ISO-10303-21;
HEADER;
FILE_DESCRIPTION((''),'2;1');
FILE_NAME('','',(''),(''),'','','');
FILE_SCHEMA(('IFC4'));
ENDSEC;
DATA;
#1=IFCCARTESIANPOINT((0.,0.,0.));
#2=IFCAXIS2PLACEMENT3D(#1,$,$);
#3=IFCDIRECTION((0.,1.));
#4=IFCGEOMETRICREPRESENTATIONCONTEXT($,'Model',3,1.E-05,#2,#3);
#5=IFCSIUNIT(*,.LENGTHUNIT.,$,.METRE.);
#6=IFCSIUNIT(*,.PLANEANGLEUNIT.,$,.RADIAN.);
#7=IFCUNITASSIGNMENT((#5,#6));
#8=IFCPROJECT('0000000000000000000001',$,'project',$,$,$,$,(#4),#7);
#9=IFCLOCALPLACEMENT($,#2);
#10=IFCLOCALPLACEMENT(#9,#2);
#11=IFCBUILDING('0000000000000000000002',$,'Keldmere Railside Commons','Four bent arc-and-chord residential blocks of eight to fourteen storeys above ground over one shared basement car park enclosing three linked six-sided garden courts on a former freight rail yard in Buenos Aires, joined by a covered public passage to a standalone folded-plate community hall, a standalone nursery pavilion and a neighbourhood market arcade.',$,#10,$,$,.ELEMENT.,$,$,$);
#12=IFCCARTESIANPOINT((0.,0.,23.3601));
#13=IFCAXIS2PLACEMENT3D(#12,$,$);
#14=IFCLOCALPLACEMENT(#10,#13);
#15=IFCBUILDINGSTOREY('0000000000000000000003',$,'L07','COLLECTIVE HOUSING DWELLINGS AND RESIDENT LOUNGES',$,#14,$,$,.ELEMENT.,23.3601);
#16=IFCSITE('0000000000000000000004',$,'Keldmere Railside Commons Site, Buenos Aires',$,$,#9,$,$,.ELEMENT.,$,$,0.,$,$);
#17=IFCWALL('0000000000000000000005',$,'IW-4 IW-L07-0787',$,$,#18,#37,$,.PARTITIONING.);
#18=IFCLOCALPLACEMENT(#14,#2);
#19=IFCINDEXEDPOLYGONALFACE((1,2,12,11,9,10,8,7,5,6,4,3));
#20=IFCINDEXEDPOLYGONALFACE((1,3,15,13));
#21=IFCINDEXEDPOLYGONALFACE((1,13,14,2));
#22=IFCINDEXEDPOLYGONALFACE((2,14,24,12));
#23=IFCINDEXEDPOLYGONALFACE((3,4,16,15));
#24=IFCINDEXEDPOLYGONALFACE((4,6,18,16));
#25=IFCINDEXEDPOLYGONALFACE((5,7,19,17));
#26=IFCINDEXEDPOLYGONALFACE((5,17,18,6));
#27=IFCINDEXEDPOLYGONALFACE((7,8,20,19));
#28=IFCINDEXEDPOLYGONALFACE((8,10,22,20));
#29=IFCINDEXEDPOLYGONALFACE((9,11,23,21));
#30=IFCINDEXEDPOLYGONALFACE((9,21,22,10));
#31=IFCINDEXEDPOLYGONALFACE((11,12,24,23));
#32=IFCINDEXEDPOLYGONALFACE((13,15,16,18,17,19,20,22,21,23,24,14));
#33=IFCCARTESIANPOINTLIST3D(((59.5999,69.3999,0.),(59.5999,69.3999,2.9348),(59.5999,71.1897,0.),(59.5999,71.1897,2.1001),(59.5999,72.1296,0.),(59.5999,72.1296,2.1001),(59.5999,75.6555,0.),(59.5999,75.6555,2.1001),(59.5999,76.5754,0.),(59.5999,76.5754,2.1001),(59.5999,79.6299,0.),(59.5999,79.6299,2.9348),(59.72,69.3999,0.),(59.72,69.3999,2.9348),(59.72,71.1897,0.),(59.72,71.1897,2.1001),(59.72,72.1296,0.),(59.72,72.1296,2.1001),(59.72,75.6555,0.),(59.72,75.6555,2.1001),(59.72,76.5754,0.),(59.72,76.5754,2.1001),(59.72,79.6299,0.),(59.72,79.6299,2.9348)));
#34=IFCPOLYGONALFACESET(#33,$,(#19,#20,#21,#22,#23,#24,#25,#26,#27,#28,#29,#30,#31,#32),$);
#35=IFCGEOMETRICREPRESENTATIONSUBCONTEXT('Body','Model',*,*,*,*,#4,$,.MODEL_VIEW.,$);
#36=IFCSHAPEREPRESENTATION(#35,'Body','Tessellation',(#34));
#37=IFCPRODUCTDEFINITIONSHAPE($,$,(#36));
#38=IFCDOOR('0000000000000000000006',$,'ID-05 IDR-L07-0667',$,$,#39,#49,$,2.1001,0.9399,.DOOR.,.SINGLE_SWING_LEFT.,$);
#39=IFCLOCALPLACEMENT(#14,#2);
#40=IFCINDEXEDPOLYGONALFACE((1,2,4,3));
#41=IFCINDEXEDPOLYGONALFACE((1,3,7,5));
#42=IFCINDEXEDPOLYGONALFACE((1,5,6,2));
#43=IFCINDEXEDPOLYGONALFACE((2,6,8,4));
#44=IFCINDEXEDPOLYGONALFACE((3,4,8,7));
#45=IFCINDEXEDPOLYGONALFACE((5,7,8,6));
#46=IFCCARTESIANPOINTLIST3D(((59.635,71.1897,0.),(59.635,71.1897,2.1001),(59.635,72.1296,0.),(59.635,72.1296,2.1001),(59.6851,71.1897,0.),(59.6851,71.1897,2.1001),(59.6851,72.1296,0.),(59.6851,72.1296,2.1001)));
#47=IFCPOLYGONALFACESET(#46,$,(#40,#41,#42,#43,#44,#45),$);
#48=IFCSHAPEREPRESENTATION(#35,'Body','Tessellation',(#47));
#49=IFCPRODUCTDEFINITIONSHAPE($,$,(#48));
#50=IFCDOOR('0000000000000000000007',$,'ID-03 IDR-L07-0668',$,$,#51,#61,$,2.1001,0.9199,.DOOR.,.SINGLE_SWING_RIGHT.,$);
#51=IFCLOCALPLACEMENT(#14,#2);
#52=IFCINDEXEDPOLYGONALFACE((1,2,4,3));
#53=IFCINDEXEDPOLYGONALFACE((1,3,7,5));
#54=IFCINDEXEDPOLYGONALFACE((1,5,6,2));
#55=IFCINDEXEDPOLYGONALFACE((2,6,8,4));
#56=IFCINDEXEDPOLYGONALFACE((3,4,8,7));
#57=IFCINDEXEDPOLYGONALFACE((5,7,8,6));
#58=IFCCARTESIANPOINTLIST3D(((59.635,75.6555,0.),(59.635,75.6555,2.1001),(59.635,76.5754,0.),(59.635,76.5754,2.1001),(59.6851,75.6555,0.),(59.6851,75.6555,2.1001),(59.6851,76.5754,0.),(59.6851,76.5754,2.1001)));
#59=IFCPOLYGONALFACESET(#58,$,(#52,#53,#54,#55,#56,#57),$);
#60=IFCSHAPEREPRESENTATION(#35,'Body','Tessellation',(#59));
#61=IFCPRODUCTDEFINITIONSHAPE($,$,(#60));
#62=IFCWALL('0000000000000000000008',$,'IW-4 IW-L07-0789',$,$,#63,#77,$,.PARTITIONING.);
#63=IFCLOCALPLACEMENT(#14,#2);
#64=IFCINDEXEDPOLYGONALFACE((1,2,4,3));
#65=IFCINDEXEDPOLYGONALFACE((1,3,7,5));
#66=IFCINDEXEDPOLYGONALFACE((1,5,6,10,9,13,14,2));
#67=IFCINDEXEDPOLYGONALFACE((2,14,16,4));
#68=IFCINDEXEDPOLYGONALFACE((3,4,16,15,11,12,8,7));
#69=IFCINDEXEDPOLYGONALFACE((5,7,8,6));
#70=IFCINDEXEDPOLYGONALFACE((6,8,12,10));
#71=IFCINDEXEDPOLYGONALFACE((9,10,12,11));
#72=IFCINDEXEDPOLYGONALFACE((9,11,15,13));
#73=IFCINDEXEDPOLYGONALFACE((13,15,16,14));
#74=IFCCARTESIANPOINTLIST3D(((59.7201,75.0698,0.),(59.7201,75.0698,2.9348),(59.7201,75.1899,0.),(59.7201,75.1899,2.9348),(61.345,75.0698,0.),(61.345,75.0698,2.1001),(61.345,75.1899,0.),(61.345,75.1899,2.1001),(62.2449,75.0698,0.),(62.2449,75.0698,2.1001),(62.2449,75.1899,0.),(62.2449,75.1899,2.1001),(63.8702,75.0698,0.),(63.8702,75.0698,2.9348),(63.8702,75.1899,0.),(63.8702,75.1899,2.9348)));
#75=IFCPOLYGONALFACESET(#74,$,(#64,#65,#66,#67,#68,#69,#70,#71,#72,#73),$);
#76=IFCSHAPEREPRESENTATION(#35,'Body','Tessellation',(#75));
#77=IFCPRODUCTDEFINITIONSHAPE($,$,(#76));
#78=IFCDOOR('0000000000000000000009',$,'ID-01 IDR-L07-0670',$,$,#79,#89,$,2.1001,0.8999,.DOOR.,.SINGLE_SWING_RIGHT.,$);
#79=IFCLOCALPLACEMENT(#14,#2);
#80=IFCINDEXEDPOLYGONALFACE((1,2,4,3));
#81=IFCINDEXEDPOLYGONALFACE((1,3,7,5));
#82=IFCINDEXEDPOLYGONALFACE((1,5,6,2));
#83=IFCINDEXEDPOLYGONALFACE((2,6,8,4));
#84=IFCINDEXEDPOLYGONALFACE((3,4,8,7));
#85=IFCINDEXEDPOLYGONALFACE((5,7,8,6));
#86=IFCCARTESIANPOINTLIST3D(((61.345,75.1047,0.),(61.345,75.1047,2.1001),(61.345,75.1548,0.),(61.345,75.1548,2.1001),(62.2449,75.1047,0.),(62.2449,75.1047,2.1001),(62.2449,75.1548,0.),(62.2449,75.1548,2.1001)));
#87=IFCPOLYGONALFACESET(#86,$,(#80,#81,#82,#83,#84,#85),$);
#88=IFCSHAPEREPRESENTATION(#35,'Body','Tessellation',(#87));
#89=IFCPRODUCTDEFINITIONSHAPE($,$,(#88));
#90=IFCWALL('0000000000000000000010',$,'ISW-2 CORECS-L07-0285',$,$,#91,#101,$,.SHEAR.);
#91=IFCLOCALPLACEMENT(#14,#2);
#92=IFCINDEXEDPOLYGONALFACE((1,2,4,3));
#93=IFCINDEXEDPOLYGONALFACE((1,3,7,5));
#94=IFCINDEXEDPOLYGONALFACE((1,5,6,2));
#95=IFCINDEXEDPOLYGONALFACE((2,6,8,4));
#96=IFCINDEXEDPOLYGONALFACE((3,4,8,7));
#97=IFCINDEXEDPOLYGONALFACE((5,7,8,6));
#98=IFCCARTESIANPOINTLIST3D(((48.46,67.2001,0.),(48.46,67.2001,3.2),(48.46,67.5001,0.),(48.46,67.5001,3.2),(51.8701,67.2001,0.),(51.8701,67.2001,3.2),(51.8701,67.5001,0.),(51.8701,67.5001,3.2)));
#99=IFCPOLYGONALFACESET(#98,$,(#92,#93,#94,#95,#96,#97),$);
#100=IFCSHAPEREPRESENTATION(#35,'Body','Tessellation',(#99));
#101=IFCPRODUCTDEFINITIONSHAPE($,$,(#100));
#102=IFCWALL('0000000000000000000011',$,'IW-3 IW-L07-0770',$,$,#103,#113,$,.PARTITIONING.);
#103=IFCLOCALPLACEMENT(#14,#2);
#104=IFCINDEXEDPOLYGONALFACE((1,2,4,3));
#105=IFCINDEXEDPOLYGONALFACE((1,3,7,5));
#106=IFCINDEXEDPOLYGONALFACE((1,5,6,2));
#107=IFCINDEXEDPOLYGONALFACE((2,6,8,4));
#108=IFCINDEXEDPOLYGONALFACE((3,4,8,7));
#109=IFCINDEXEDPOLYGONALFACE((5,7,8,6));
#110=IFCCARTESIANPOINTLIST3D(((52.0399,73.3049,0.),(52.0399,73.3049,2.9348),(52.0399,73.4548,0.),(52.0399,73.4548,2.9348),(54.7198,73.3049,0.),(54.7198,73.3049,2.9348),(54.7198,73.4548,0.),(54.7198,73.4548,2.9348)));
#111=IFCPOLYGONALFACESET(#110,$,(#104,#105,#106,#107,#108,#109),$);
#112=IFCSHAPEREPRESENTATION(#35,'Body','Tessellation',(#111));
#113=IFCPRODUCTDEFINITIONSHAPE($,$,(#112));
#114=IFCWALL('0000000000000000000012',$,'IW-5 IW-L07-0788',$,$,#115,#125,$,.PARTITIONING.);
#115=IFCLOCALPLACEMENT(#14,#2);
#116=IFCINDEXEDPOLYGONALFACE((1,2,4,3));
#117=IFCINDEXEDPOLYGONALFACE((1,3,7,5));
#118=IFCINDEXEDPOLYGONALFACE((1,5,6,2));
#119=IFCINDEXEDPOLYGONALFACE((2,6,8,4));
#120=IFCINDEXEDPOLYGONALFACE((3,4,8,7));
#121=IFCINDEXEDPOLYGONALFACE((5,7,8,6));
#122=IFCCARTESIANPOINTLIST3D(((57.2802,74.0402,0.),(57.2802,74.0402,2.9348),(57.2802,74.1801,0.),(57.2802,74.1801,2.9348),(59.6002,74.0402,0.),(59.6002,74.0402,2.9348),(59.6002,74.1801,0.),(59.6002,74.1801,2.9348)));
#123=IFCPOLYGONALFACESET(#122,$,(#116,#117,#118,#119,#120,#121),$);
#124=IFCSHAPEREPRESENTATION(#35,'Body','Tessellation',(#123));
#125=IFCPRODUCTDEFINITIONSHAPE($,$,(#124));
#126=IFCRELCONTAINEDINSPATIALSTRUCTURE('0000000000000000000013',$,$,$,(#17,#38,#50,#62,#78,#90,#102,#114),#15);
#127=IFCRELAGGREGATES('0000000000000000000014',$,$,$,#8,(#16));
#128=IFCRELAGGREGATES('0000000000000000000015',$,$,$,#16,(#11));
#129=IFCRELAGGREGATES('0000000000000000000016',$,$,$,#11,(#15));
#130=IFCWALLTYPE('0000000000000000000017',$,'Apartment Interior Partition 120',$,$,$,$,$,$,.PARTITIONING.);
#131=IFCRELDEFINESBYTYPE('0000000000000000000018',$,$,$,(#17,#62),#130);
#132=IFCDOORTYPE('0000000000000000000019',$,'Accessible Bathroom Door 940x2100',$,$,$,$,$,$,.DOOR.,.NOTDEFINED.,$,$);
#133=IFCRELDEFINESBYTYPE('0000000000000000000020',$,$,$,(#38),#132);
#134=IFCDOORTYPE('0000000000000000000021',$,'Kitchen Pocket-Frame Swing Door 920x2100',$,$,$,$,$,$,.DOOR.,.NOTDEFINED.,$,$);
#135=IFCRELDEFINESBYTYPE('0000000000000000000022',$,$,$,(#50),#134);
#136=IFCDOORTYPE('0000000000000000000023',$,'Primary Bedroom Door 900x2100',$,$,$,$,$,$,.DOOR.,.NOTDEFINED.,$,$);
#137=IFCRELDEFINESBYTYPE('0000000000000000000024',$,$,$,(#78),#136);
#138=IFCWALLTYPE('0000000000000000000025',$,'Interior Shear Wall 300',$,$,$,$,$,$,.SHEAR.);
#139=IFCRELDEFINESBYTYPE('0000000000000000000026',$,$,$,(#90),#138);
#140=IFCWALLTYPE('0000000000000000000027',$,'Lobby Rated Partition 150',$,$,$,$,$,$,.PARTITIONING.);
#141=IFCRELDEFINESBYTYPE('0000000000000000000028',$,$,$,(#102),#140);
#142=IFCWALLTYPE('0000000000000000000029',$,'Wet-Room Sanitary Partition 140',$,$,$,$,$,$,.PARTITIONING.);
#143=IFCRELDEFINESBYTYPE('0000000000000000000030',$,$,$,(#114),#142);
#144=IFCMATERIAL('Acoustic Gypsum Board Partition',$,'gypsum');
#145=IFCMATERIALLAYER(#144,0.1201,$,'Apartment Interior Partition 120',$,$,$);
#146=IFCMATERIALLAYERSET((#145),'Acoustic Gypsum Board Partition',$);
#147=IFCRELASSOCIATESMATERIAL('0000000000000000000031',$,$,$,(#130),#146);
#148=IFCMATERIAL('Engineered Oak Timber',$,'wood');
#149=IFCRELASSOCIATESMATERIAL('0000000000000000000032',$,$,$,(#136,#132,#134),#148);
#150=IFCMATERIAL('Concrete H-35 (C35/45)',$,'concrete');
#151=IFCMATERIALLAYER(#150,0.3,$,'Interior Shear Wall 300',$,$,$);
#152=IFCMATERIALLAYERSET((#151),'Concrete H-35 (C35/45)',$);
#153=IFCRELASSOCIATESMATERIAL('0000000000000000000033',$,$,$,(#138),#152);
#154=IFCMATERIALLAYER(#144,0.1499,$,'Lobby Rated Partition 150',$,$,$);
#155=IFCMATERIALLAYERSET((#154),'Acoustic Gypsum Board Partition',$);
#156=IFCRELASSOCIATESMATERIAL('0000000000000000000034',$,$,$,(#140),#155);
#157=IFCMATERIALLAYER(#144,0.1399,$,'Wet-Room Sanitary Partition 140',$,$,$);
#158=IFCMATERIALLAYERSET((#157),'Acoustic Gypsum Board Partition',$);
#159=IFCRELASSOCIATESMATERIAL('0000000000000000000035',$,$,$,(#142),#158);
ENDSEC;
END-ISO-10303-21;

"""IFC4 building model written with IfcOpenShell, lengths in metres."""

from ifc_helpers import new_model, si_unit, direction, frame, frame_2d, origin, place, context, subcontext, project, spatial, rectangle, extrude, material, layer, layer_set, type_object, element, fill, save


model = new_model("IFC4")

# Units and contexts
model_context = context("Model", 3, precision=1e-05, world=origin(), true_north=direction((0.0, 1.0)))
body_context = subcontext(model_context, "Body", "Model", "MODEL_VIEW")
ifc_project = project(units=[si_unit("LENGTHUNIT", "METRE"), si_unit("PLANEANGLEUNIT", "RADIAN")], contexts=[model_context])

# Site, building, storey
site_placement = place(None, origin())
site = spatial("IfcSite", under=ifc_project, at=site_placement, Name="Keldmere Railside Commons Site, Buenos Aires", CompositionType="ELEMENT", RefElevation=0.0)
building_placement = place(site_placement, origin())
building = spatial("IfcBuilding", under=site, at=building_placement, Name="Keldmere Railside Commons", Description="Four bent arc-and-chord residential blocks of eight to fourteen storeys above ground over one shared basement car park enclosing three linked six-sided garden courts on a former freight rail yard in Buenos Aires, joined by a covered public passage to a standalone folded-plate community hall, a standalone nursery pavilion and a neighbourhood market arcade.", CompositionType="ELEMENT")
storey_placement = place(building_placement, frame((0.0, 0.0, 23.3601)))
storey = spatial("IfcBuildingStorey", under=building, at=storey_placement, Name="L07", Description="COLLECTIVE HOUSING DWELLINGS AND RESIDENT LOUNGES", CompositionType="ELEMENT", Elevation=23.3601)

# Shared definitions
ifc_material_1 = material(Name="Concrete H-35 (C35/45)", Category="concrete")

# Shared definitions
ifc_material_2 = material(Name="Acoustic Gypsum Board Partition", Category="gypsum")

# Shared definitions
ifc_layer_1 = layer(ifc_material_2, 0.1201, Name="Apartment Interior Partition 120")
ifc_layer_set_1 = layer_set([ifc_layer_1], Name="Acoustic Gypsum Board Partition")
wall_type_1 = type_object("IfcWallType", Name="Apartment Interior Partition 120", PredefinedType="PARTITIONING", material=ifc_layer_set_1)
ifc_material_3 = material(Name="Engineered Oak Timber", Category="wood")
door_type_1 = type_object("IfcDoorType", Name="Primary Bedroom Door 900x2100", OperationType="NOTDEFINED", PredefinedType="DOOR", material=ifc_material_3)

# Wall, openings, doors
wall_1_placement = place(storey_placement, frame((59.6599, 69.3999, 0.0), z_axis=(0.0, 0.0, 1.0), x_axis=(0.0, 1.0, 0.0)))
wall_1 = element("IfcWall", 1, at=wall_1_placement, inside=storey, type_object=wall_type_1, Name="IW-4 IW-L07-0787", PredefinedType="PARTITIONING", context=body_context, shape_type="SweptSolid", body=[
    extrude(rectangle(XDim=10.23, YDim=0.1201, at=frame_2d((5.115, 0.0))), origin(), (0.0, 0.0, 1.0), 2.9348),
])
opening_1_placement = place(wall_1_placement, frame((1.7898, 0.0, 0.0)))
opening_1 = element("IfcOpeningElement", 2, at=opening_1_placement, cuts=wall_1, PredefinedType="OPENING", context=body_context, shape_type="SweptSolid", body=[
    extrude(rectangle(XDim=0.9399, YDim=2.1001, at=frame_2d((0.47, 1.05))), frame((0.0, 0.0701, 0.0), z_axis=(0.0, -1.0, 0.0), x_axis=(1.0, 0.0, 0.0)), (0.0, 0.0, 1.0), 0.1401),
])
opening_2_placement = place(wall_1_placement, frame((6.2556, 0.0, 0.0)))
opening_2 = element("IfcOpeningElement", 3, at=opening_2_placement, cuts=wall_1, PredefinedType="OPENING", context=body_context, shape_type="SweptSolid", body=[
    extrude(rectangle(XDim=0.9199, YDim=2.1001, at=frame_2d((0.46, 1.05))), frame((0.0, 0.0701, 0.0), z_axis=(0.0, -1.0, 0.0), x_axis=(1.0, 0.0, 0.0)), (0.0, 0.0, 1.0), 0.1401),
])
door_type_2 = type_object("IfcDoorType", Name="Accessible Bathroom Door 940x2100", OperationType="NOTDEFINED", PredefinedType="DOOR", material=ifc_material_3)
door_1_placement = place(opening_1_placement, origin())
door_1 = element("IfcDoor", 4, at=door_1_placement, inside=storey, type_object=door_type_2, Name="ID-05 IDR-L07-0667", OperationType="SINGLE_SWING_LEFT", OverallHeight=2.1001, OverallWidth=0.9399, PredefinedType="DOOR", context=body_context, shape_type="SweptSolid", body=[
    extrude(rectangle(XDim=0.9399, YDim=2.1001, at=frame_2d((0.47, 1.05))), frame((0.0, 0.0249, 0.0), z_axis=(0.0, -1.0, 0.0), x_axis=(1.0, 0.0, 0.0)), (0.0, 0.0, 1.0), 0.05),
])
fill(opening_1, door_1)
door_type_3 = type_object("IfcDoorType", Name="Kitchen Pocket-Frame Swing Door 920x2100", OperationType="NOTDEFINED", PredefinedType="DOOR", material=ifc_material_3)
door_2_placement = place(opening_2_placement, origin())
door_2 = element("IfcDoor", 5, at=door_2_placement, inside=storey, type_object=door_type_3, Name="ID-03 IDR-L07-0668", OperationType="SINGLE_SWING_RIGHT", OverallHeight=2.1001, OverallWidth=0.9199, PredefinedType="DOOR", context=body_context, shape_type="SweptSolid", body=[
    extrude(rectangle(XDim=0.9199, YDim=2.1001, at=frame_2d((0.46, 1.05))), frame((0.0, 0.0249, 0.0), z_axis=(0.0, -1.0, 0.0), x_axis=(1.0, 0.0, 0.0)), (0.0, 0.0, 1.0), 0.05),
])
fill(opening_2, door_2)

# Wall, opening, door
wall_2_placement = place(storey_placement, frame((59.72, 75.1299, 0.0), z_axis=(0.0, 0.0, 1.0), x_axis=(1.0, 0.0, 0.0)))
wall_2 = element("IfcWall", 6, at=wall_2_placement, inside=storey, type_object=wall_type_1, Name="IW-4 IW-L07-0789", PredefinedType="PARTITIONING", context=body_context, shape_type="SweptSolid", body=[
    extrude(rectangle(XDim=4.1501, YDim=0.1201, at=frame_2d((2.0752, 0.0))), origin(), (0.0, 0.0, 1.0), 2.9348),
])
opening_3_placement = place(wall_2_placement, frame((1.625, 0.0, 0.0)))
opening_3 = element("IfcOpeningElement", 7, at=opening_3_placement, cuts=wall_2, PredefinedType="OPENING", context=body_context, shape_type="SweptSolid", body=[
    extrude(rectangle(XDim=0.8999, YDim=2.1001, at=frame_2d((0.45, 1.05))), frame((0.0, 0.0701, 0.0), z_axis=(0.0, -1.0, 0.0), x_axis=(1.0, 0.0, 0.0)), (0.0, 0.0, 1.0), 0.1401),
])
door_3_placement = place(opening_3_placement, origin())
door_3 = element("IfcDoor", 8, at=door_3_placement, inside=storey, type_object=door_type_1, Name="ID-01 IDR-L07-0670", OperationType="SINGLE_SWING_RIGHT", OverallHeight=2.1001, OverallWidth=0.8999, PredefinedType="DOOR", context=body_context, shape_type="SweptSolid", body=[
    extrude(rectangle(XDim=0.8999, YDim=2.1001, at=frame_2d((0.45, 1.05))), frame((0.0, 0.0249, 0.0), z_axis=(0.0, -1.0, 0.0), x_axis=(1.0, 0.0, 0.0)), (0.0, 0.0, 1.0), 0.05),
])
fill(opening_3, door_3)

# Walls
ifc_layer_2 = layer(ifc_material_1, 0.3, Name="Interior Shear Wall 300")
ifc_layer_set_2 = layer_set([ifc_layer_2], Name="Concrete H-35 (C35/45)")
wall_type_2 = type_object("IfcWallType", Name="Interior Shear Wall 300", PredefinedType="SHEAR", material=ifc_layer_set_2)
wall_3_placement = place(storey_placement, frame((51.8701, 67.3501, 0.0), z_axis=(0.0, 0.0, 1.0), x_axis=(-1.0, 0.0, 0.0)))
element("IfcWall", 9, at=wall_3_placement, inside=storey, type_object=wall_type_2, Name="ISW-2 CORECS-L07-0285", PredefinedType="SHEAR", context=body_context, shape_type="SweptSolid", body=[
    extrude(rectangle(XDim=3.4102, YDim=0.3, at=frame_2d((1.7051, 0.0))), origin(), (0.0, 0.0, 1.0), 3.2),
])
ifc_layer_3 = layer(ifc_material_2, 0.1499, Name="Lobby Rated Partition 150")
ifc_layer_set_3 = layer_set([ifc_layer_3], Name="Acoustic Gypsum Board Partition")
wall_type_3 = type_object("IfcWallType", Name="Lobby Rated Partition 150", PredefinedType="PARTITIONING", material=ifc_layer_set_3)
wall_4_placement = place(storey_placement, frame((52.04, 73.3799, 0.0), z_axis=(0.0, 0.0, 1.0), x_axis=(1.0, 0.0, 0.0)))
element("IfcWall", 10, at=wall_4_placement, inside=storey, type_object=wall_type_3, Name="IW-3 IW-L07-0770", PredefinedType="PARTITIONING", context=body_context, shape_type="SweptSolid", body=[
    extrude(rectangle(XDim=2.6799, YDim=0.1499, at=frame_2d((1.3398, 0.0))), origin(), (0.0, 0.0, 1.0), 2.9348),
])
ifc_layer_4 = layer(ifc_material_2, 0.1399, Name="Wet-Room Sanitary Partition 140")
ifc_layer_set_4 = layer_set([ifc_layer_4], Name="Acoustic Gypsum Board Partition")
wall_type_4 = type_object("IfcWallType", Name="Wet-Room Sanitary Partition 140", PredefinedType="PARTITIONING", material=ifc_layer_set_4)
wall_5_placement = place(storey_placement, frame((57.28, 74.1101, 0.0), z_axis=(0.0, 0.0, 1.0), x_axis=(1.0, 0.0, 0.0)))
element("IfcWall", 11, at=wall_5_placement, inside=storey, type_object=wall_type_4, Name="IW-5 IW-L07-0788", PredefinedType="PARTITIONING", context=body_context, shape_type="SweptSolid", body=[
    extrude(rectangle(XDim=2.3201, YDim=0.1399, at=frame_2d((1.1602, 0.0))), origin(), (0.0, 0.0, 1.0), 2.9348),
])

save(model, "model.ifc")
